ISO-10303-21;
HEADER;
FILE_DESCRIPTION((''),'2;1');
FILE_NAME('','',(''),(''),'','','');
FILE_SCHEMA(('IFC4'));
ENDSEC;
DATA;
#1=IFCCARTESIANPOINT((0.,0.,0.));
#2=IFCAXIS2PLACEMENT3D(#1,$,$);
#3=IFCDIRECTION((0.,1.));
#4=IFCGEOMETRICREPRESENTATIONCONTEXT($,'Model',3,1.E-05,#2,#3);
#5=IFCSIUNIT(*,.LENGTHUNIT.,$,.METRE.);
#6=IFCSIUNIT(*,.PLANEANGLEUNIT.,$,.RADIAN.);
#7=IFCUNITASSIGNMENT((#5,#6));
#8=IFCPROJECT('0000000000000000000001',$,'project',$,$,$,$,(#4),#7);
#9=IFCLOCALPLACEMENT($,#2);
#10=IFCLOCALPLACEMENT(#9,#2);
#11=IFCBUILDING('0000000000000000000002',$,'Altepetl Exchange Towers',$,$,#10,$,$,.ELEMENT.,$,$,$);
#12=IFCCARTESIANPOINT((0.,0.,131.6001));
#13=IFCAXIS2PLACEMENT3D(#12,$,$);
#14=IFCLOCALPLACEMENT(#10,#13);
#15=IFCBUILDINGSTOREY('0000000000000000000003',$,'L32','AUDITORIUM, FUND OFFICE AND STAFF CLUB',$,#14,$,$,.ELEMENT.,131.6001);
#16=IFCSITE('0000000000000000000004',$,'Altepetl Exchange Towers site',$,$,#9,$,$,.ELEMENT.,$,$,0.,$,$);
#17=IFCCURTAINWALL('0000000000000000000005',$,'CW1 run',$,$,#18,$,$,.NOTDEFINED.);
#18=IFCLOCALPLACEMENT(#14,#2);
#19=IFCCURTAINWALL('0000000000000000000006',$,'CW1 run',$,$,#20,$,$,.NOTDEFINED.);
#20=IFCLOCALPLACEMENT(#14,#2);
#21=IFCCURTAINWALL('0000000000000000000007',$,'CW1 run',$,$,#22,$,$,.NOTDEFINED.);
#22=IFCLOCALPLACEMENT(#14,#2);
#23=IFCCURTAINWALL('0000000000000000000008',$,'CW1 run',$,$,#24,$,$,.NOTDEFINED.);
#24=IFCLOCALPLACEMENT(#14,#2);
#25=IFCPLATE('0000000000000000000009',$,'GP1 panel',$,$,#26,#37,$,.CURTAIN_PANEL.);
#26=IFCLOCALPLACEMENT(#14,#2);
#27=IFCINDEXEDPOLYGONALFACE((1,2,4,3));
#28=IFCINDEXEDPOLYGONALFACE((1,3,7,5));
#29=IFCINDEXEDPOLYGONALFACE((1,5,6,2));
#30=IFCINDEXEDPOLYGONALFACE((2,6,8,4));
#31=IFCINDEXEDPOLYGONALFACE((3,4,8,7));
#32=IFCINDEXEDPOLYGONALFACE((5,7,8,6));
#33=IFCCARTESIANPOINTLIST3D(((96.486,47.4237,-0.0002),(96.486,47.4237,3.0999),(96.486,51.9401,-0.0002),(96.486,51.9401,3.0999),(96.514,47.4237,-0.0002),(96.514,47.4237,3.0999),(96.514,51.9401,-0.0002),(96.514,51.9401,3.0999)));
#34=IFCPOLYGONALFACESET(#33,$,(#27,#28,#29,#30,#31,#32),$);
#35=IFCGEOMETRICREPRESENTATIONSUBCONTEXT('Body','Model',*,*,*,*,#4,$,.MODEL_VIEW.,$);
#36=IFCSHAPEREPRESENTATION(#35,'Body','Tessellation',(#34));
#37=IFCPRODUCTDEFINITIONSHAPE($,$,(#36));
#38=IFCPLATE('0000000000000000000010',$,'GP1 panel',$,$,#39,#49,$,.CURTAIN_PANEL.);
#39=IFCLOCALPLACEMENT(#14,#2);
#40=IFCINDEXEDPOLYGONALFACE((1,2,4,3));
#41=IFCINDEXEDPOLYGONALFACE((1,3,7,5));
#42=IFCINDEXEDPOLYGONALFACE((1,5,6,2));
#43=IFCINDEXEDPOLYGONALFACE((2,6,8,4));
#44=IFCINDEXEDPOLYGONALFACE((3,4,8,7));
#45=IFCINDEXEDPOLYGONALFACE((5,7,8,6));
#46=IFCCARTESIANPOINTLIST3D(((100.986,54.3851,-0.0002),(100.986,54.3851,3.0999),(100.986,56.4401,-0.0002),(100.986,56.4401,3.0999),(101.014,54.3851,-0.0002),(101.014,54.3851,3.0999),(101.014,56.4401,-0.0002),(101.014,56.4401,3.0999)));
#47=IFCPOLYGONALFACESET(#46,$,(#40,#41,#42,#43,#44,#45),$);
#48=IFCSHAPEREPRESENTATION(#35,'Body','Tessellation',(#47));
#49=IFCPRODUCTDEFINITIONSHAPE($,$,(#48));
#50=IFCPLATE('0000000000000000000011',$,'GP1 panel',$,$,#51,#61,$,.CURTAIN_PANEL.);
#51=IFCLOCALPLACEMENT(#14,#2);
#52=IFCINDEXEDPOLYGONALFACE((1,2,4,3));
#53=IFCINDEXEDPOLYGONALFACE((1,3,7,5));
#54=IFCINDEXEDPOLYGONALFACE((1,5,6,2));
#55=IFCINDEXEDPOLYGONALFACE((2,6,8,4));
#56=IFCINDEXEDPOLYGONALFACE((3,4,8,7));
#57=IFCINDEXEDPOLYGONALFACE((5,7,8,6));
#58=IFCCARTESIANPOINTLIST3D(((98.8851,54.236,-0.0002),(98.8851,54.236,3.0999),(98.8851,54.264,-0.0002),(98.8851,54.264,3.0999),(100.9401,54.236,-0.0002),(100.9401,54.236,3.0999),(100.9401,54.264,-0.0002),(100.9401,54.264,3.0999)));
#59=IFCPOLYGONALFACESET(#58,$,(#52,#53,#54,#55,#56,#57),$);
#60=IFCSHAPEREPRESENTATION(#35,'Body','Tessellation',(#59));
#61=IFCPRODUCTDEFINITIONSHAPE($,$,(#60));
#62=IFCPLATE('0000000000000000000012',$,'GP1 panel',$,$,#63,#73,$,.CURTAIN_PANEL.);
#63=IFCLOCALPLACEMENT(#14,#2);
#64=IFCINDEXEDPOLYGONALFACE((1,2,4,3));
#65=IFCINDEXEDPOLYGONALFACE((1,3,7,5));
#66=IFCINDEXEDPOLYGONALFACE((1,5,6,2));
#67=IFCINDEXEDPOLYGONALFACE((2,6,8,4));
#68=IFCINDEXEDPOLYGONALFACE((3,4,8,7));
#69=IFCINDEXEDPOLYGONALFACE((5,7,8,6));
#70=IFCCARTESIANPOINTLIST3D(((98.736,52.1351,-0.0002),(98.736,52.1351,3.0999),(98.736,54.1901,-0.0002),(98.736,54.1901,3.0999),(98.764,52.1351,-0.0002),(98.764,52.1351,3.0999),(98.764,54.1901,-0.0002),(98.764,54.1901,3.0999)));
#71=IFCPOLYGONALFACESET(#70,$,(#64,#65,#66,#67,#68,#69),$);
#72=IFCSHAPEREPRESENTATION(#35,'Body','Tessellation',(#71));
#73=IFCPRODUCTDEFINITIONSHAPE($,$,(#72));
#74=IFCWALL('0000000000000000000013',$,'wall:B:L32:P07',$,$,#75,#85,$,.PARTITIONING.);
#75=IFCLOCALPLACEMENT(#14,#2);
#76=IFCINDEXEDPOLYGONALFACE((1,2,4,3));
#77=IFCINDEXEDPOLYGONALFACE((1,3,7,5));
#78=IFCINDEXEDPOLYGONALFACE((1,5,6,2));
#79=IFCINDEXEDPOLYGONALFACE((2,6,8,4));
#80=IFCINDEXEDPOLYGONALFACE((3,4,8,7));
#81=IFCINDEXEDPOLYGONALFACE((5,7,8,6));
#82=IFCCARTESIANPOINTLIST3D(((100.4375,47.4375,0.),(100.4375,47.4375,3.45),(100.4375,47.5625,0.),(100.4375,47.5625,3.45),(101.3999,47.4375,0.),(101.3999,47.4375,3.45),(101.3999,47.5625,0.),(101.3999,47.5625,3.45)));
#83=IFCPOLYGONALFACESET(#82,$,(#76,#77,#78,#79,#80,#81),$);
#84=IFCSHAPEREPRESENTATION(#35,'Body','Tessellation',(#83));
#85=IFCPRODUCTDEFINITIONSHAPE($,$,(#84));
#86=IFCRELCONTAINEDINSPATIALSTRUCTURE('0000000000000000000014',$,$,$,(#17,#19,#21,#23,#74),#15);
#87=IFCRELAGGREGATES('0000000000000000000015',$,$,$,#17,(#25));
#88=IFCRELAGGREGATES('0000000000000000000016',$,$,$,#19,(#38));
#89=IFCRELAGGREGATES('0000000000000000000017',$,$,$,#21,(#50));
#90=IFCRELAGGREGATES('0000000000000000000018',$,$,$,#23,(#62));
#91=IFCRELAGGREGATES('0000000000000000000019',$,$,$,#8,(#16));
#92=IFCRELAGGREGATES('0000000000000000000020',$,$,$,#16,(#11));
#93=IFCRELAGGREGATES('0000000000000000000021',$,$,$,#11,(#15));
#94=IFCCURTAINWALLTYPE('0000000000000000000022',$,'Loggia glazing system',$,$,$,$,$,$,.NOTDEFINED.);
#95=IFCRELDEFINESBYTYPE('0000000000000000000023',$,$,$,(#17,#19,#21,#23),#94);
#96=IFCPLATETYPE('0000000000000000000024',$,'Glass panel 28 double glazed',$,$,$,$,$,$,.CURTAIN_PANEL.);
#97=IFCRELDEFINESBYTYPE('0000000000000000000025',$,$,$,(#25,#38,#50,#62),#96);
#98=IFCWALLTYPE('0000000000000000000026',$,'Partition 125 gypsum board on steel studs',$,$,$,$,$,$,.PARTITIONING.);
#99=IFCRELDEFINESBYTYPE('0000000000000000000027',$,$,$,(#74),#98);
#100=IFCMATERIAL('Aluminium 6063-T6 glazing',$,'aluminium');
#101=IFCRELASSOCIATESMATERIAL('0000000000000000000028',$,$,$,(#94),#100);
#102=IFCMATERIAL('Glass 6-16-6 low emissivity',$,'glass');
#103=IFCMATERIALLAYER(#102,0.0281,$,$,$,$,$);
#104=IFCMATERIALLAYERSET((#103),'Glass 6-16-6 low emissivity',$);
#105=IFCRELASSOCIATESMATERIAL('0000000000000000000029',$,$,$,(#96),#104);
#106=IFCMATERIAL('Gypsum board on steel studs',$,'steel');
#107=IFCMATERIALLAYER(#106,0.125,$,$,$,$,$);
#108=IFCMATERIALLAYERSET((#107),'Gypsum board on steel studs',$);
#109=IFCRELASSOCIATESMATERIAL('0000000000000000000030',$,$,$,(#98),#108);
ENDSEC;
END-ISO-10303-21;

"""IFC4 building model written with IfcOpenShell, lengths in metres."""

from ifc_helpers import new_model, si_unit, direction, frame, frame_2d, origin, origin_2d, place, context, subcontext, project, spatial, rectangle, extrude, material, layer, layer_set, type_object, element, aggregate, save


model = new_model("IFC4")

# Units and contexts
model_context = context("Model", 3, precision=1e-05, world=origin(), true_north=direction((0.0, 1.0)))
body_context = subcontext(model_context, "Body", "Model", "MODEL_VIEW")
ifc_project = project(units=[si_unit("LENGTHUNIT", "METRE"), si_unit("PLANEANGLEUNIT", "RADIAN")], contexts=[model_context])

# Site, building, storey
site_placement = place(None, origin())
site = spatial("IfcSite", under=ifc_project, at=site_placement, Name="Altepetl Exchange Towers site", CompositionType="ELEMENT", RefElevation=0.0)
building_placement = place(site_placement, origin())
building = spatial("IfcBuilding", under=site, at=building_placement, Name="Altepetl Exchange Towers", CompositionType="ELEMENT")
storey_placement = place(building_placement, frame((0.0, 0.0, 131.6001)))
storey = spatial("IfcBuildingStorey", under=building, at=storey_placement, Name="L32", Description="AUDITORIUM, FUND OFFICE AND STAFF CLUB", CompositionType="ELEMENT", Elevation=131.6001)

# Curtain walls
ifc_material_1 = material(Name="Aluminium 6063-T6 glazing", Category="aluminium")
curtain_wall_type = type_object("IfcCurtainWallType", Name="Loggia glazing system", PredefinedType="NOTDEFINED", material=ifc_material_1)
curtain_wall_1_placement = place(storey_placement, origin())
curtain_wall_1 = element("IfcCurtainWall", 1, at=curtain_wall_1_placement, inside=storey, type_object=curtain_wall_type, Name="CW1 run", PredefinedType="NOTDEFINED")
curtain_wall_2_placement = place(storey_placement, origin())
curtain_wall_2 = element("IfcCurtainWall", 2, at=curtain_wall_2_placement, inside=storey, type_object=curtain_wall_type, Name="CW1 run", PredefinedType="NOTDEFINED")
curtain_wall_3_placement = place(storey_placement, origin())
curtain_wall_3 = element("IfcCurtainWall", 3, at=curtain_wall_3_placement, inside=storey, type_object=curtain_wall_type, Name="CW1 run", PredefinedType="NOTDEFINED")
curtain_wall_4_placement = place(storey_placement, origin())
curtain_wall_4 = element("IfcCurtainWall", 4, at=curtain_wall_4_placement, inside=storey, type_object=curtain_wall_type, Name="CW1 run", PredefinedType="NOTDEFINED")

# Plates
ifc_material_2 = material(Name="Glass 6-16-6 low emissivity", Category="glass")
ifc_layer_1 = layer(ifc_material_2, 0.0281)
ifc_layer_set_1 = layer_set([ifc_layer_1], Name="Glass 6-16-6 low emissivity")
plate_type = type_object("IfcPlateType", Name="Glass panel 28 double glazed", PredefinedType="CURTAIN_PANEL", material=ifc_layer_set_1)
plate_1_placement = place(storey_placement, frame((96.5, 49.6819, -0.0002), z_axis=(0.0, 0.0, 1.0), x_axis=(0.0, -1.0, 0.0)))
plate_1 = element("IfcPlate", 5, at=plate_1_placement, type_object=plate_type, Name="GP1 panel", PredefinedType="CURTAIN_PANEL", context=body_context, shape_type="SweptSolid", body=[
    extrude(rectangle(XDim=4.5164, YDim=0.0281, at=origin_2d()), origin(), (0.0, 0.0, 1.0), 3.1001),
])
aggregate(curtain_wall_1, [plate_1])
plate_2_placement = place(storey_placement, frame((101.0, 55.4126, -0.0002), z_axis=(0.0, 0.0, 1.0), x_axis=(0.0, -1.0, 0.0)))
plate_2 = element("IfcPlate", 6, at=plate_2_placement, type_object=plate_type, Name="GP1 panel", PredefinedType="CURTAIN_PANEL", context=body_context, shape_type="SweptSolid", body=[
    extrude(rectangle(XDim=2.0549, YDim=0.0281, at=origin_2d()), origin(), (0.0, 0.0, 1.0), 3.1001),
])
aggregate(curtain_wall_2, [plate_2])
plate_3_placement = place(storey_placement, frame((99.9126, 54.25, -0.0002), z_axis=(0.0, 0.0, 1.0), x_axis=(-1.0, 0.0, 0.0)))
plate_3 = element("IfcPlate", 7, at=plate_3_placement, type_object=plate_type, Name="GP1 panel", PredefinedType="CURTAIN_PANEL", context=body_context, shape_type="SweptSolid", body=[
    extrude(rectangle(XDim=2.0549, YDim=0.0281, at=origin_2d()), origin(), (0.0, 0.0, 1.0), 3.1001),
])
aggregate(curtain_wall_3, [plate_3])
plate_4_placement = place(storey_placement, frame((98.75, 53.1626, -0.0002), z_axis=(0.0, 0.0, 1.0), x_axis=(0.0, -1.0, 0.0)))
plate_4 = element("IfcPlate", 8, at=plate_4_placement, type_object=plate_type, Name="GP1 panel", PredefinedType="CURTAIN_PANEL", context=body_context, shape_type="SweptSolid", body=[
    extrude(rectangle(XDim=2.0549, YDim=0.0281, at=origin_2d()), origin(), (0.0, 0.0, 1.0), 3.1001),
])
aggregate(curtain_wall_4, [plate_4])

# Wall
ifc_material_3 = material(Name="Gypsum board on steel studs", Category="steel")
ifc_layer_2 = layer(ifc_material_3, 0.125)
ifc_layer_set_2 = layer_set([ifc_layer_2], Name="Gypsum board on steel studs")
wall_type = type_object("IfcWallType", Name="Partition 125 gypsum board on steel studs", PredefinedType="PARTITIONING", material=ifc_layer_set_2)
wall_placement = place(storey_placement, frame((100.4375, 47.5, 0.0)))
element("IfcWall", 9, at=wall_placement, inside=storey, type_object=wall_type, Name="wall:B:L32:P07", PredefinedType="PARTITIONING", context=body_context, shape_type="SweptSolid", body=[
    extrude(rectangle(XDim=0.9624, YDim=0.125, at=frame_2d((0.4812, 0.0))), origin(), (0.0, 0.0, 1.0), 3.45),
])

save(model, "model.ifc")
